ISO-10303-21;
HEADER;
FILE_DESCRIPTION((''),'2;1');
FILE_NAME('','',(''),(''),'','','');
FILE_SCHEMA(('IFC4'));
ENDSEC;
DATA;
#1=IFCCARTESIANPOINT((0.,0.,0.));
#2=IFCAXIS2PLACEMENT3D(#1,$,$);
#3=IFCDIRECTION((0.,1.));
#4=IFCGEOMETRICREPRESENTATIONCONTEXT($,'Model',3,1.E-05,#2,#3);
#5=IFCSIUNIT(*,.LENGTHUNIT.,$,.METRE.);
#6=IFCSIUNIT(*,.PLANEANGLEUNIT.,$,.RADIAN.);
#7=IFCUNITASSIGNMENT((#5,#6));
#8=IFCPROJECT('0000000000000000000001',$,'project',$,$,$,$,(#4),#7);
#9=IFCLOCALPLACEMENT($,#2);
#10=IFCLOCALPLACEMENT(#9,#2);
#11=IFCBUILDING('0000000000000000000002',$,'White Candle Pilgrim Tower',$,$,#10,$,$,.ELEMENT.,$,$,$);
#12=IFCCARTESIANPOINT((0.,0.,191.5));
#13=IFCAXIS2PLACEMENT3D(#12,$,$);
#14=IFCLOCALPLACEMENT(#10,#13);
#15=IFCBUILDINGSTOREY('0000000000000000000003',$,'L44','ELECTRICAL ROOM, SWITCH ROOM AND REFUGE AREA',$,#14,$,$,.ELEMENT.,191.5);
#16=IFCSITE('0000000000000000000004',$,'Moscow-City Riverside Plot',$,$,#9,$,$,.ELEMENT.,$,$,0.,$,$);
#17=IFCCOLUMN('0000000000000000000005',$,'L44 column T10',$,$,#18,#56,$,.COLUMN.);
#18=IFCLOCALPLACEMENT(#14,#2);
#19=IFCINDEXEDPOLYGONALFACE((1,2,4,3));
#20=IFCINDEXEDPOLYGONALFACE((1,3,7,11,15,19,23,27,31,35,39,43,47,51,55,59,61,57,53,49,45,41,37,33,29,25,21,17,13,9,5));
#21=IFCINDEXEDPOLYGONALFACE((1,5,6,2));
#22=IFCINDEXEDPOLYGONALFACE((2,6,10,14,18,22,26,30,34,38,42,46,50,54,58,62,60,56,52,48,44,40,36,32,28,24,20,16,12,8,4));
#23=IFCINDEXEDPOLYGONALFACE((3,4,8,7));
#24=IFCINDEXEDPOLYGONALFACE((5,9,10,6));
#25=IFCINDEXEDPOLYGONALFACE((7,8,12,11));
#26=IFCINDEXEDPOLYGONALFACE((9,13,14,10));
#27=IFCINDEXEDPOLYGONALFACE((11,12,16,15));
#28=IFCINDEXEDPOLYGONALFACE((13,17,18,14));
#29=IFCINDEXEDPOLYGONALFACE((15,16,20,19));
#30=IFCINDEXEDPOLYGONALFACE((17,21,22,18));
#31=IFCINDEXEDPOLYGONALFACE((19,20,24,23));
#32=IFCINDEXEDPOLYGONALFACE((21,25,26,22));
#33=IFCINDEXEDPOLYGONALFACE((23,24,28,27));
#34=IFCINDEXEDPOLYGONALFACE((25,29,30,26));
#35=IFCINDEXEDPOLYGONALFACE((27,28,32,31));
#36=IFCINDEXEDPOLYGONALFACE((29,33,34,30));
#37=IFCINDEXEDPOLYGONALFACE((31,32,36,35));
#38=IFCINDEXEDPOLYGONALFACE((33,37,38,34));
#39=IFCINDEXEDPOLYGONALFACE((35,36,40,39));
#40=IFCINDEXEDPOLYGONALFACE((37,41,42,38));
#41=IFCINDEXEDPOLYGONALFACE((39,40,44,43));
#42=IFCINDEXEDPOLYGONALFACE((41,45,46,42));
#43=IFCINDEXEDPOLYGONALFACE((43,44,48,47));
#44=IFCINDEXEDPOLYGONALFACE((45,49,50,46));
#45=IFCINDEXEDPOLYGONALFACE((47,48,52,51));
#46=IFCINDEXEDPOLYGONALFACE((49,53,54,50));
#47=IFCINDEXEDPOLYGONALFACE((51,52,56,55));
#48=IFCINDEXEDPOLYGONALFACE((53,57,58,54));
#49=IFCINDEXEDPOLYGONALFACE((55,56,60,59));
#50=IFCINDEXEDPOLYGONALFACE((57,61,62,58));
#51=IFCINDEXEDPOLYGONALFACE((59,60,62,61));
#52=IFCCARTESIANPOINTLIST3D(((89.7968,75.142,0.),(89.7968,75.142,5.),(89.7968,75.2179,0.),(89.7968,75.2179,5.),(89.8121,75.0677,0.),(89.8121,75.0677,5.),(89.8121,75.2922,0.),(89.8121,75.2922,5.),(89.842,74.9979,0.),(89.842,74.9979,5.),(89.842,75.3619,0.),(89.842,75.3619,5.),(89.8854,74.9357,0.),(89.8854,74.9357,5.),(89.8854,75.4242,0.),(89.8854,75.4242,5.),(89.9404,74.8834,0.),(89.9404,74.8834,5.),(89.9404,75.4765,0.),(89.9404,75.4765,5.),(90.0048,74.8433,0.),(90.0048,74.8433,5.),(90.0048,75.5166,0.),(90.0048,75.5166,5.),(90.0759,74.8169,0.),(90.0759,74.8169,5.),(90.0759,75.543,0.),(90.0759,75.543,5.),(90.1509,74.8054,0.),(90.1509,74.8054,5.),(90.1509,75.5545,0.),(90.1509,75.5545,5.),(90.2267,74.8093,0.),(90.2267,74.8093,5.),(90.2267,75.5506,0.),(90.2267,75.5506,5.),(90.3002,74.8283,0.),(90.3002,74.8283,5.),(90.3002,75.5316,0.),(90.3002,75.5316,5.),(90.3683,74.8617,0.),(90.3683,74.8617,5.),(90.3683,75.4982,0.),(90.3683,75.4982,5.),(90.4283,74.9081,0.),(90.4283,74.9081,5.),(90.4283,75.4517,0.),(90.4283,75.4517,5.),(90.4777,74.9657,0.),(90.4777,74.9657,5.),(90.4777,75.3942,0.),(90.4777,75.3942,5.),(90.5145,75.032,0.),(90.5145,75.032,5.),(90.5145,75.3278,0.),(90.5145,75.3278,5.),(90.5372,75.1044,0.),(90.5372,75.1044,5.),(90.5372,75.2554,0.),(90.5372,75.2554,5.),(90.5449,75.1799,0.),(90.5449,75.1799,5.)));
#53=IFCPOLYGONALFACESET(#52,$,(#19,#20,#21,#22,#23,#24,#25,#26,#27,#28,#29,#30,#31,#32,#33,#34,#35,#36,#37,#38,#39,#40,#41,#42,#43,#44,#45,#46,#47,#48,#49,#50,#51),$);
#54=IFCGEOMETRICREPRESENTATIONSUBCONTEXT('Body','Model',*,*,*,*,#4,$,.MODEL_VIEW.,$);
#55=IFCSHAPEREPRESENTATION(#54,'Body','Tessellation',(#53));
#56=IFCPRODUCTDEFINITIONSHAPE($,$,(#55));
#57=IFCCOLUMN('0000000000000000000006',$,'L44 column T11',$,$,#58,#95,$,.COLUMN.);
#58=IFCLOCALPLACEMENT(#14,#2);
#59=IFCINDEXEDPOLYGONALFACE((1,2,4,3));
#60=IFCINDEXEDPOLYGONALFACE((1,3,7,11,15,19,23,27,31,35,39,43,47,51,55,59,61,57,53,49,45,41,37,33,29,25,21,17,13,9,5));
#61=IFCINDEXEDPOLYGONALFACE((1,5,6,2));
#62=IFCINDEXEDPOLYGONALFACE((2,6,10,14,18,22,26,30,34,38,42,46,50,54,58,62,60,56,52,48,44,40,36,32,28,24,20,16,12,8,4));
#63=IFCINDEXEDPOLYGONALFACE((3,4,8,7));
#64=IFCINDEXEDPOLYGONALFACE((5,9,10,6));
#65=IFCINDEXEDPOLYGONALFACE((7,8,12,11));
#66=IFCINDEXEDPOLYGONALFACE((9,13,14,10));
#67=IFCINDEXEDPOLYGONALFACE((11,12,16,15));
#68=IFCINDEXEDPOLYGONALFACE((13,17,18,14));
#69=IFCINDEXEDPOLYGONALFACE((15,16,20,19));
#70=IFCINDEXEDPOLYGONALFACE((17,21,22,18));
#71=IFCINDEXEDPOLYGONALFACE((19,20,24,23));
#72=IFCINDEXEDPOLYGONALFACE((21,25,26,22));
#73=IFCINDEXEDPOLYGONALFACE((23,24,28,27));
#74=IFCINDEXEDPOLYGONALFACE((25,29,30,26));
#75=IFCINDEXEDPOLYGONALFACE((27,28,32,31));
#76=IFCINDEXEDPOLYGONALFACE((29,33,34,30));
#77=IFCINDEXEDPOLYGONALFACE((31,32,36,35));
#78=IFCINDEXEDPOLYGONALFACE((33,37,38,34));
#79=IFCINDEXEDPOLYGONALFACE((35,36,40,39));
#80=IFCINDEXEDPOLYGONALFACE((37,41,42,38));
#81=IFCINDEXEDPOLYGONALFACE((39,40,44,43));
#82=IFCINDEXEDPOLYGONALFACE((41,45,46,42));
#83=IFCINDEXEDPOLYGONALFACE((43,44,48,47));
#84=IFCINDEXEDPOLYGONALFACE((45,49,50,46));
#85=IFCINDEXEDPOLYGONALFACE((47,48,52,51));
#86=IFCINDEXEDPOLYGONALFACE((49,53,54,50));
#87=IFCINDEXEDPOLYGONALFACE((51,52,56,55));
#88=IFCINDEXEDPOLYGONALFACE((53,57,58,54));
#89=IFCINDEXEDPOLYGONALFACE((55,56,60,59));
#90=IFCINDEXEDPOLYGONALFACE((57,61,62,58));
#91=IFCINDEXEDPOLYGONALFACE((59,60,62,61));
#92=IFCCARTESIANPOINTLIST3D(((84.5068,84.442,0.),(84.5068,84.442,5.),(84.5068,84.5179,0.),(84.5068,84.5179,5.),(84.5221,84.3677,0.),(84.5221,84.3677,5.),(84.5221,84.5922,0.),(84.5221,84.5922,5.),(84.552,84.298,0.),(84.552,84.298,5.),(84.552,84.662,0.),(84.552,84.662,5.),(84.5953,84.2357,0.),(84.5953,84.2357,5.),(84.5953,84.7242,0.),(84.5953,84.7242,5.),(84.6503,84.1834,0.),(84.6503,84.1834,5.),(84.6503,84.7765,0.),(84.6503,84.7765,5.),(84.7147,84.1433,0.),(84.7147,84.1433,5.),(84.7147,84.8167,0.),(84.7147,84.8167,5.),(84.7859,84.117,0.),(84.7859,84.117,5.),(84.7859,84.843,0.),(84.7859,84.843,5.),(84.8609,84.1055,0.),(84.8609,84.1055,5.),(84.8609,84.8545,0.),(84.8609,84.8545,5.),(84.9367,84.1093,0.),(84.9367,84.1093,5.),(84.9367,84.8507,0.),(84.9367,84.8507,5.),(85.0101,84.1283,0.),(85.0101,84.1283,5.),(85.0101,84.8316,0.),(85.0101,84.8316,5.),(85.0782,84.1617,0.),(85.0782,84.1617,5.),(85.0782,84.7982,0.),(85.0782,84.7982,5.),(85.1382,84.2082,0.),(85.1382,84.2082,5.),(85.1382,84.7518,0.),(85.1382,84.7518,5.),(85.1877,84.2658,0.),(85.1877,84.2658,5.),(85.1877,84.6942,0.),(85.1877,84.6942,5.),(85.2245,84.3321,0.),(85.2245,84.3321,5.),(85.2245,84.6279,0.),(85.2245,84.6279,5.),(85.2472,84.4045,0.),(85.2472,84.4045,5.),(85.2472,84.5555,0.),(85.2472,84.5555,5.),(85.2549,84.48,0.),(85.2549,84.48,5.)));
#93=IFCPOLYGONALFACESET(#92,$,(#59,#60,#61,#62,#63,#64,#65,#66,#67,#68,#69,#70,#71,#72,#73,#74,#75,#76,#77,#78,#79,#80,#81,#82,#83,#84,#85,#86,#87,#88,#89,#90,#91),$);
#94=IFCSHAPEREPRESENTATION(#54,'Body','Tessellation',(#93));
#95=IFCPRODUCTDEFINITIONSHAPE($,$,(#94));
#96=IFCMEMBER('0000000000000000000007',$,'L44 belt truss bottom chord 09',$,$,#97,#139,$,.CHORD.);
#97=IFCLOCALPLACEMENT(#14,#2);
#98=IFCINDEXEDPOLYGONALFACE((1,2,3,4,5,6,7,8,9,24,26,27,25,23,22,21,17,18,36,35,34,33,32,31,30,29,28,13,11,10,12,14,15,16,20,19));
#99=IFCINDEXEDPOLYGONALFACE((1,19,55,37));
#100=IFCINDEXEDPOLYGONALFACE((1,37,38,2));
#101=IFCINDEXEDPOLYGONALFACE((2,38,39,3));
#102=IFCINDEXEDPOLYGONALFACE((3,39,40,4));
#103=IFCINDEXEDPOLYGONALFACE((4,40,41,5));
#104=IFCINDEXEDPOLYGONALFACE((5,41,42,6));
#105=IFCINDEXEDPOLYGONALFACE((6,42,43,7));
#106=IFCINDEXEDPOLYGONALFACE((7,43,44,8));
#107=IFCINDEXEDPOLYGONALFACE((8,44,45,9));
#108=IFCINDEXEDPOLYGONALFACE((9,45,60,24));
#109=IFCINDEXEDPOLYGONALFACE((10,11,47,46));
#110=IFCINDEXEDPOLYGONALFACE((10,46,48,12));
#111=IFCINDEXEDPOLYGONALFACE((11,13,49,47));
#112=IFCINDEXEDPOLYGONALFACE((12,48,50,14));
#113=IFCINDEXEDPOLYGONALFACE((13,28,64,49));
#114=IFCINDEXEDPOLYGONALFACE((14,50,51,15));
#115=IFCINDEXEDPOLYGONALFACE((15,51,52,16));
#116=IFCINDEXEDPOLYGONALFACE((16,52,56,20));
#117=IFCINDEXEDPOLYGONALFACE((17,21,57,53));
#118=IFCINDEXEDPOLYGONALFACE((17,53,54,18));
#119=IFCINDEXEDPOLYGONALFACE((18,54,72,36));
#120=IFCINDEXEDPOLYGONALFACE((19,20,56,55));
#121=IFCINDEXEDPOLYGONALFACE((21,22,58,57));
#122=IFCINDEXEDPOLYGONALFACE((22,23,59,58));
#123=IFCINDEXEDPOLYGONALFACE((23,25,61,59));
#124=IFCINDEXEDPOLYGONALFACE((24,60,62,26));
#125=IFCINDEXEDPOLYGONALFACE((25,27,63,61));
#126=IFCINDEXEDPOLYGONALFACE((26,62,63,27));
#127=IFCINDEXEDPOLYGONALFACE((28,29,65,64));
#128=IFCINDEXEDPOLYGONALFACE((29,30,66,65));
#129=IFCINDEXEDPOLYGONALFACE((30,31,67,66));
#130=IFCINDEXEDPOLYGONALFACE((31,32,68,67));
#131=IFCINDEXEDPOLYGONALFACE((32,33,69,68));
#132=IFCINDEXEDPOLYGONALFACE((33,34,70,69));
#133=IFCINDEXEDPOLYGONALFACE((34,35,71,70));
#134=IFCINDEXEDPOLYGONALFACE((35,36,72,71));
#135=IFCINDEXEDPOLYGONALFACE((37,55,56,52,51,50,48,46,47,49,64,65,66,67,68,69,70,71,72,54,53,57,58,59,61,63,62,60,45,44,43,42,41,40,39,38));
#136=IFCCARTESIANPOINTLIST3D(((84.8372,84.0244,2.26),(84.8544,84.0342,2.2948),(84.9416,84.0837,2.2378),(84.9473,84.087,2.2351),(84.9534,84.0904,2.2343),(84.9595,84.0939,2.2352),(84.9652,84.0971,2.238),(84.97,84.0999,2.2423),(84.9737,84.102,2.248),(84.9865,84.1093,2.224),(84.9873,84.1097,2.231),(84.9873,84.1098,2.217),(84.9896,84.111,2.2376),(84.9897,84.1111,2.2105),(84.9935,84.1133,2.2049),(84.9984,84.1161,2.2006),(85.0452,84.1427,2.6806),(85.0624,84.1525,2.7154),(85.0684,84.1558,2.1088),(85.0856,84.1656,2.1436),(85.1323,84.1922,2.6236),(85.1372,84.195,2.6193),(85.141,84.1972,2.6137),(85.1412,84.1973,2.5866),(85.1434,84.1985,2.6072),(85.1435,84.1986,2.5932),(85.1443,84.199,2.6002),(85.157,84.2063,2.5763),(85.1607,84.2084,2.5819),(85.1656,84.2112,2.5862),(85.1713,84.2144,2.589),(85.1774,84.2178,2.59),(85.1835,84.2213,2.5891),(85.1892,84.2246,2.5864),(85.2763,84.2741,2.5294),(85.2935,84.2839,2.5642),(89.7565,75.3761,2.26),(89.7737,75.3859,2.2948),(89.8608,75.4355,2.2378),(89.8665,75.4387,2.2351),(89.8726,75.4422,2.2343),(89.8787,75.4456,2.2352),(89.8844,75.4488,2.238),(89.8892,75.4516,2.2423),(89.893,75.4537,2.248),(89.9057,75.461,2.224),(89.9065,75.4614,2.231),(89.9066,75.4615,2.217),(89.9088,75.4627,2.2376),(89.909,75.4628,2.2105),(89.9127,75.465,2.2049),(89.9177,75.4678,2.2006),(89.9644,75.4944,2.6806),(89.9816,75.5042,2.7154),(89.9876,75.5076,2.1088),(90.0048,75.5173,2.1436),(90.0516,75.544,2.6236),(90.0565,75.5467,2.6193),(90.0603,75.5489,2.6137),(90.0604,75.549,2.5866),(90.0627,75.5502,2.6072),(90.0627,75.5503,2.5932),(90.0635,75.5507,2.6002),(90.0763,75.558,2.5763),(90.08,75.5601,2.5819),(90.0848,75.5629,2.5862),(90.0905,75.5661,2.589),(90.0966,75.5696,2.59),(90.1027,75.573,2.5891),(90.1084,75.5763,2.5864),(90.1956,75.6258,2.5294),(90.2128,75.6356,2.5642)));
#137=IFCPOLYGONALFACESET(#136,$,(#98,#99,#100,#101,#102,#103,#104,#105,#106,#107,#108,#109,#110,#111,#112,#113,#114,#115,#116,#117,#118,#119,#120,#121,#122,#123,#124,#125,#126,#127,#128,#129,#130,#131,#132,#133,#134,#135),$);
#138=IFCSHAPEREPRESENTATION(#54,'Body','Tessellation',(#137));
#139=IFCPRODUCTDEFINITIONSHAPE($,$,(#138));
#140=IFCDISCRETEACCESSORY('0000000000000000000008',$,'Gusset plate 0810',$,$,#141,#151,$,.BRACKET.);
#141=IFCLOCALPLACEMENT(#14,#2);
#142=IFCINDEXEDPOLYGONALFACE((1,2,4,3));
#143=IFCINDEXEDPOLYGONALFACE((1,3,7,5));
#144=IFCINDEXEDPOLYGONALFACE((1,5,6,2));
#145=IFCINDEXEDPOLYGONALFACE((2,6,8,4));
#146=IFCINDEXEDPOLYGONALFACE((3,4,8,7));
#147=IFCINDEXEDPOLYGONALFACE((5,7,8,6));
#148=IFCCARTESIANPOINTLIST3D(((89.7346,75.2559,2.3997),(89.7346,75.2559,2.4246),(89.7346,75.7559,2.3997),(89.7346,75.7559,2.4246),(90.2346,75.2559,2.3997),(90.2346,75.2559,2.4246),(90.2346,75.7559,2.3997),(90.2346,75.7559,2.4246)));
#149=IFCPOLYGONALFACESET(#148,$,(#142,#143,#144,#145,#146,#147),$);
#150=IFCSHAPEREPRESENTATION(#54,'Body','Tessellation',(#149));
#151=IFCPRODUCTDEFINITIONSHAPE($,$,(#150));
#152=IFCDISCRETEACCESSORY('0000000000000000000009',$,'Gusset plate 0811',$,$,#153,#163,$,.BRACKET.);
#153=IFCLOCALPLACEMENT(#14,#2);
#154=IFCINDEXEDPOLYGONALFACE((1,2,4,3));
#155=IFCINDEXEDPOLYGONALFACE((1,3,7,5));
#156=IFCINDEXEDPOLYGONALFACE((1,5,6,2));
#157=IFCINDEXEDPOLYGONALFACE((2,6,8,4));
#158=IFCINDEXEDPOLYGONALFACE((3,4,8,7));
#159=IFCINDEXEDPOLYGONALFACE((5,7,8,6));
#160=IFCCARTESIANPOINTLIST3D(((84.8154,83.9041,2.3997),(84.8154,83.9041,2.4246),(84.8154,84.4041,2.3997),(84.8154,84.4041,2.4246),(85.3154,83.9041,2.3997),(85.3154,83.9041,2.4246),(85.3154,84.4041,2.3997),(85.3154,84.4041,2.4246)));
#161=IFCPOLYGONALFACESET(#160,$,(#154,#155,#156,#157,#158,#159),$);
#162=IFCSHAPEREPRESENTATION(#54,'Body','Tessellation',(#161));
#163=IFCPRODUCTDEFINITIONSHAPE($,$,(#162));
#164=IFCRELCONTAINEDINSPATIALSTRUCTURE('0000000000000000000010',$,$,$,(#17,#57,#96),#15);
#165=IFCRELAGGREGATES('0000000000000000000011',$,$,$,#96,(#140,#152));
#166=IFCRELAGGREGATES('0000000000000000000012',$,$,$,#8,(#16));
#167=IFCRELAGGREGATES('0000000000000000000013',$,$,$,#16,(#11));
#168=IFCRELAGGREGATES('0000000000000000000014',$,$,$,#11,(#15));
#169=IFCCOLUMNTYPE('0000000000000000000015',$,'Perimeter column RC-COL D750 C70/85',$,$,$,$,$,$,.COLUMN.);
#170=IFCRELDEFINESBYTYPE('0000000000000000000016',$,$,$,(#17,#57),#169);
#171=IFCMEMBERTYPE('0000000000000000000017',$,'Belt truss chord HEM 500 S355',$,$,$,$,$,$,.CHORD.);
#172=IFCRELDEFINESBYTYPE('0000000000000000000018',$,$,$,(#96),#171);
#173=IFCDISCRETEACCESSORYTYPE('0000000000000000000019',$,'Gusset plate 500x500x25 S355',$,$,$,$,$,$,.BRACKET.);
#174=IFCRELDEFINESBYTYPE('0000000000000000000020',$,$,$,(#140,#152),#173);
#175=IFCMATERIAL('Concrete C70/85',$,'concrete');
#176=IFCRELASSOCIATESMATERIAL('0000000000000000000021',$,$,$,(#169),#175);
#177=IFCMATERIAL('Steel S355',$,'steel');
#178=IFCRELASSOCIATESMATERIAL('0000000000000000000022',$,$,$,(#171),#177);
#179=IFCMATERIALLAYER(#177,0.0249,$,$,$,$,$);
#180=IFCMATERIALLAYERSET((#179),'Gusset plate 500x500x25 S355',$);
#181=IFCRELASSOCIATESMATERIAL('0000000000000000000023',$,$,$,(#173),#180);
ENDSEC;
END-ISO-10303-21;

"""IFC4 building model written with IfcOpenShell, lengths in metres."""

from ifc_helpers import new_model, si_unit, direction, frame, origin, origin_2d, place, context, subcontext, project, spatial, rectangle, circle, i_section, extrude, material, layer, layer_set, material_profile, profile_set, type_object, element, aggregate, save


model = new_model("IFC4")

# Units and contexts
model_context = context("Model", 3, precision=1e-05, world=origin(), true_north=direction((0.0, 1.0)))
body_context = subcontext(model_context, "Body", "Model", "MODEL_VIEW")
ifc_project = project(units=[si_unit("LENGTHUNIT", "METRE"), si_unit("PLANEANGLEUNIT", "RADIAN")], contexts=[model_context])

# Site, building, storey
site_placement = place(None, origin())
site = spatial("IfcSite", under=ifc_project, at=site_placement, Name="Moscow-City Riverside Plot", CompositionType="ELEMENT", RefElevation=0.0)
building_placement = place(site_placement, origin())
building = spatial("IfcBuilding", under=site, at=building_placement, Name="White Candle Pilgrim Tower", CompositionType="ELEMENT")
storey_placement = place(building_placement, frame((0.0, 0.0, 191.5)))
storey = spatial("IfcBuildingStorey", under=building, at=storey_placement, Name="L44", Description="ELECTRICAL ROOM, SWITCH ROOM AND REFUGE AREA", CompositionType="ELEMENT", Elevation=191.5)

# Columns
ifc_material_1 = material(Name="Concrete C70/85", Category="concrete")
ifc_material_profile_1 = material_profile(ifc_material_1, circle(Radius=0.375, at=origin_2d()), Name="RC-COL D750")
ifc_profile_set_1 = profile_set([ifc_material_profile_1], Name="Concrete C70/85")
column_type = type_object("IfcColumnType", Name="Perimeter column RC-COL D750 C70/85", PredefinedType="COLUMN", material=ifc_profile_set_1)
for number, where, z_axis, x_axis, name in (
    (1, (90.1699, 75.1799, 0.0), (0.0, 0.0, 1.0), (1.0, 0.0, 0.0), "L44 column T10"),
    (2, (84.8799, 84.48, 0.0), (0.0, 0.0, 1.0), (1.0, 0.0, 0.0), "L44 column T11"),
):
    element("IfcColumn", number, at=place(storey_placement, frame(where, z_axis=z_axis, x_axis=x_axis)), inside=storey, type_object=column_type, Name=name, PredefinedType="COLUMN", context=body_context, shape_type="SweptSolid", body=[
        extrude(circle(Radius=0.375, at=origin_2d()), origin(), (0.0, 0.0, 1.0), 5.0),
    ])

# Member
ifc_material_2 = material(Name="Steel S355", Category="steel")
ifc_material_profile_2 = material_profile(ifc_material_2, i_section(OverallWidth=0.3059, OverallDepth=0.5239, WebThickness=0.021, FlangeThickness=0.04, FilletRadius=0.0271, at=origin_2d()), Name="HEM 500")
ifc_profile_set_2 = profile_set([ifc_material_profile_2], Name="Steel S355")
member_type_1 = type_object("IfcMemberType", Name="Belt truss chord HEM 500 S355", PredefinedType="CHORD", material=ifc_profile_set_2)
member_1_placement = place(storey_placement, frame((89.9846, 75.5059, 2.4121), z_axis=(-0.494423, 0.869221, 0.0), x_axis=(0.755546, 0.429763, -0.494423)))
member_1 = element("IfcMember", 3, at=member_1_placement, inside=storey, type_object=member_type_1, Name="L44 belt truss bottom chord 09", PredefinedType="CHORD", context=body_context, shape_type="SweptSolid", body=[
    extrude(i_section(OverallWidth=0.3059, OverallDepth=0.5239, WebThickness=0.021, FlangeThickness=0.04, FilletRadius=0.0271, at=origin_2d()), origin(), (0.0, 0.0, 1.0), 9.9495),
])

# Discrete accessories
ifc_layer_1 = layer(ifc_material_2, 0.0249)
ifc_layer_set_1 = layer_set([ifc_layer_1], Name="Gusset plate 500x500x25 S355")
discrete_accessory_type_1 = type_object("IfcDiscreteAccessoryType", Name="Gusset plate 500x500x25 S355", PredefinedType="BRACKET", material=ifc_layer_set_1)
discrete_accessory_1_placement = place(storey_placement, frame((89.9846, 75.5059, 2.3997), z_axis=(0.0, 0.0, 1.0), x_axis=(1.0, 0.0, 0.0)))
discrete_accessory_1 = element("IfcDiscreteAccessory", 4, at=discrete_accessory_1_placement, type_object=discrete_accessory_type_1, Name="Gusset plate 0810", PredefinedType="BRACKET", context=body_context, shape_type="SweptSolid", body=[
    extrude(rectangle(XDim=0.5, YDim=0.5, at=origin_2d()), origin(), (0.0, 0.0, 1.0), 0.0249),
])
discrete_accessory_2_placement = place(storey_placement, frame((85.0654, 84.1541, 2.3997), z_axis=(0.0, 0.0, 1.0), x_axis=(1.0, 0.0, 0.0)))
discrete_accessory_2 = element("IfcDiscreteAccessory", 5, at=discrete_accessory_2_placement, type_object=discrete_accessory_type_1, Name="Gusset plate 0811", PredefinedType="BRACKET", context=body_context, shape_type="SweptSolid", body=[
    extrude(rectangle(XDim=0.5, YDim=0.5, at=origin_2d()), origin(), (0.0, 0.0, 1.0), 0.0249),
])
aggregate(member_1, [discrete_accessory_1, discrete_accessory_2])

save(model, "model.ifc")
